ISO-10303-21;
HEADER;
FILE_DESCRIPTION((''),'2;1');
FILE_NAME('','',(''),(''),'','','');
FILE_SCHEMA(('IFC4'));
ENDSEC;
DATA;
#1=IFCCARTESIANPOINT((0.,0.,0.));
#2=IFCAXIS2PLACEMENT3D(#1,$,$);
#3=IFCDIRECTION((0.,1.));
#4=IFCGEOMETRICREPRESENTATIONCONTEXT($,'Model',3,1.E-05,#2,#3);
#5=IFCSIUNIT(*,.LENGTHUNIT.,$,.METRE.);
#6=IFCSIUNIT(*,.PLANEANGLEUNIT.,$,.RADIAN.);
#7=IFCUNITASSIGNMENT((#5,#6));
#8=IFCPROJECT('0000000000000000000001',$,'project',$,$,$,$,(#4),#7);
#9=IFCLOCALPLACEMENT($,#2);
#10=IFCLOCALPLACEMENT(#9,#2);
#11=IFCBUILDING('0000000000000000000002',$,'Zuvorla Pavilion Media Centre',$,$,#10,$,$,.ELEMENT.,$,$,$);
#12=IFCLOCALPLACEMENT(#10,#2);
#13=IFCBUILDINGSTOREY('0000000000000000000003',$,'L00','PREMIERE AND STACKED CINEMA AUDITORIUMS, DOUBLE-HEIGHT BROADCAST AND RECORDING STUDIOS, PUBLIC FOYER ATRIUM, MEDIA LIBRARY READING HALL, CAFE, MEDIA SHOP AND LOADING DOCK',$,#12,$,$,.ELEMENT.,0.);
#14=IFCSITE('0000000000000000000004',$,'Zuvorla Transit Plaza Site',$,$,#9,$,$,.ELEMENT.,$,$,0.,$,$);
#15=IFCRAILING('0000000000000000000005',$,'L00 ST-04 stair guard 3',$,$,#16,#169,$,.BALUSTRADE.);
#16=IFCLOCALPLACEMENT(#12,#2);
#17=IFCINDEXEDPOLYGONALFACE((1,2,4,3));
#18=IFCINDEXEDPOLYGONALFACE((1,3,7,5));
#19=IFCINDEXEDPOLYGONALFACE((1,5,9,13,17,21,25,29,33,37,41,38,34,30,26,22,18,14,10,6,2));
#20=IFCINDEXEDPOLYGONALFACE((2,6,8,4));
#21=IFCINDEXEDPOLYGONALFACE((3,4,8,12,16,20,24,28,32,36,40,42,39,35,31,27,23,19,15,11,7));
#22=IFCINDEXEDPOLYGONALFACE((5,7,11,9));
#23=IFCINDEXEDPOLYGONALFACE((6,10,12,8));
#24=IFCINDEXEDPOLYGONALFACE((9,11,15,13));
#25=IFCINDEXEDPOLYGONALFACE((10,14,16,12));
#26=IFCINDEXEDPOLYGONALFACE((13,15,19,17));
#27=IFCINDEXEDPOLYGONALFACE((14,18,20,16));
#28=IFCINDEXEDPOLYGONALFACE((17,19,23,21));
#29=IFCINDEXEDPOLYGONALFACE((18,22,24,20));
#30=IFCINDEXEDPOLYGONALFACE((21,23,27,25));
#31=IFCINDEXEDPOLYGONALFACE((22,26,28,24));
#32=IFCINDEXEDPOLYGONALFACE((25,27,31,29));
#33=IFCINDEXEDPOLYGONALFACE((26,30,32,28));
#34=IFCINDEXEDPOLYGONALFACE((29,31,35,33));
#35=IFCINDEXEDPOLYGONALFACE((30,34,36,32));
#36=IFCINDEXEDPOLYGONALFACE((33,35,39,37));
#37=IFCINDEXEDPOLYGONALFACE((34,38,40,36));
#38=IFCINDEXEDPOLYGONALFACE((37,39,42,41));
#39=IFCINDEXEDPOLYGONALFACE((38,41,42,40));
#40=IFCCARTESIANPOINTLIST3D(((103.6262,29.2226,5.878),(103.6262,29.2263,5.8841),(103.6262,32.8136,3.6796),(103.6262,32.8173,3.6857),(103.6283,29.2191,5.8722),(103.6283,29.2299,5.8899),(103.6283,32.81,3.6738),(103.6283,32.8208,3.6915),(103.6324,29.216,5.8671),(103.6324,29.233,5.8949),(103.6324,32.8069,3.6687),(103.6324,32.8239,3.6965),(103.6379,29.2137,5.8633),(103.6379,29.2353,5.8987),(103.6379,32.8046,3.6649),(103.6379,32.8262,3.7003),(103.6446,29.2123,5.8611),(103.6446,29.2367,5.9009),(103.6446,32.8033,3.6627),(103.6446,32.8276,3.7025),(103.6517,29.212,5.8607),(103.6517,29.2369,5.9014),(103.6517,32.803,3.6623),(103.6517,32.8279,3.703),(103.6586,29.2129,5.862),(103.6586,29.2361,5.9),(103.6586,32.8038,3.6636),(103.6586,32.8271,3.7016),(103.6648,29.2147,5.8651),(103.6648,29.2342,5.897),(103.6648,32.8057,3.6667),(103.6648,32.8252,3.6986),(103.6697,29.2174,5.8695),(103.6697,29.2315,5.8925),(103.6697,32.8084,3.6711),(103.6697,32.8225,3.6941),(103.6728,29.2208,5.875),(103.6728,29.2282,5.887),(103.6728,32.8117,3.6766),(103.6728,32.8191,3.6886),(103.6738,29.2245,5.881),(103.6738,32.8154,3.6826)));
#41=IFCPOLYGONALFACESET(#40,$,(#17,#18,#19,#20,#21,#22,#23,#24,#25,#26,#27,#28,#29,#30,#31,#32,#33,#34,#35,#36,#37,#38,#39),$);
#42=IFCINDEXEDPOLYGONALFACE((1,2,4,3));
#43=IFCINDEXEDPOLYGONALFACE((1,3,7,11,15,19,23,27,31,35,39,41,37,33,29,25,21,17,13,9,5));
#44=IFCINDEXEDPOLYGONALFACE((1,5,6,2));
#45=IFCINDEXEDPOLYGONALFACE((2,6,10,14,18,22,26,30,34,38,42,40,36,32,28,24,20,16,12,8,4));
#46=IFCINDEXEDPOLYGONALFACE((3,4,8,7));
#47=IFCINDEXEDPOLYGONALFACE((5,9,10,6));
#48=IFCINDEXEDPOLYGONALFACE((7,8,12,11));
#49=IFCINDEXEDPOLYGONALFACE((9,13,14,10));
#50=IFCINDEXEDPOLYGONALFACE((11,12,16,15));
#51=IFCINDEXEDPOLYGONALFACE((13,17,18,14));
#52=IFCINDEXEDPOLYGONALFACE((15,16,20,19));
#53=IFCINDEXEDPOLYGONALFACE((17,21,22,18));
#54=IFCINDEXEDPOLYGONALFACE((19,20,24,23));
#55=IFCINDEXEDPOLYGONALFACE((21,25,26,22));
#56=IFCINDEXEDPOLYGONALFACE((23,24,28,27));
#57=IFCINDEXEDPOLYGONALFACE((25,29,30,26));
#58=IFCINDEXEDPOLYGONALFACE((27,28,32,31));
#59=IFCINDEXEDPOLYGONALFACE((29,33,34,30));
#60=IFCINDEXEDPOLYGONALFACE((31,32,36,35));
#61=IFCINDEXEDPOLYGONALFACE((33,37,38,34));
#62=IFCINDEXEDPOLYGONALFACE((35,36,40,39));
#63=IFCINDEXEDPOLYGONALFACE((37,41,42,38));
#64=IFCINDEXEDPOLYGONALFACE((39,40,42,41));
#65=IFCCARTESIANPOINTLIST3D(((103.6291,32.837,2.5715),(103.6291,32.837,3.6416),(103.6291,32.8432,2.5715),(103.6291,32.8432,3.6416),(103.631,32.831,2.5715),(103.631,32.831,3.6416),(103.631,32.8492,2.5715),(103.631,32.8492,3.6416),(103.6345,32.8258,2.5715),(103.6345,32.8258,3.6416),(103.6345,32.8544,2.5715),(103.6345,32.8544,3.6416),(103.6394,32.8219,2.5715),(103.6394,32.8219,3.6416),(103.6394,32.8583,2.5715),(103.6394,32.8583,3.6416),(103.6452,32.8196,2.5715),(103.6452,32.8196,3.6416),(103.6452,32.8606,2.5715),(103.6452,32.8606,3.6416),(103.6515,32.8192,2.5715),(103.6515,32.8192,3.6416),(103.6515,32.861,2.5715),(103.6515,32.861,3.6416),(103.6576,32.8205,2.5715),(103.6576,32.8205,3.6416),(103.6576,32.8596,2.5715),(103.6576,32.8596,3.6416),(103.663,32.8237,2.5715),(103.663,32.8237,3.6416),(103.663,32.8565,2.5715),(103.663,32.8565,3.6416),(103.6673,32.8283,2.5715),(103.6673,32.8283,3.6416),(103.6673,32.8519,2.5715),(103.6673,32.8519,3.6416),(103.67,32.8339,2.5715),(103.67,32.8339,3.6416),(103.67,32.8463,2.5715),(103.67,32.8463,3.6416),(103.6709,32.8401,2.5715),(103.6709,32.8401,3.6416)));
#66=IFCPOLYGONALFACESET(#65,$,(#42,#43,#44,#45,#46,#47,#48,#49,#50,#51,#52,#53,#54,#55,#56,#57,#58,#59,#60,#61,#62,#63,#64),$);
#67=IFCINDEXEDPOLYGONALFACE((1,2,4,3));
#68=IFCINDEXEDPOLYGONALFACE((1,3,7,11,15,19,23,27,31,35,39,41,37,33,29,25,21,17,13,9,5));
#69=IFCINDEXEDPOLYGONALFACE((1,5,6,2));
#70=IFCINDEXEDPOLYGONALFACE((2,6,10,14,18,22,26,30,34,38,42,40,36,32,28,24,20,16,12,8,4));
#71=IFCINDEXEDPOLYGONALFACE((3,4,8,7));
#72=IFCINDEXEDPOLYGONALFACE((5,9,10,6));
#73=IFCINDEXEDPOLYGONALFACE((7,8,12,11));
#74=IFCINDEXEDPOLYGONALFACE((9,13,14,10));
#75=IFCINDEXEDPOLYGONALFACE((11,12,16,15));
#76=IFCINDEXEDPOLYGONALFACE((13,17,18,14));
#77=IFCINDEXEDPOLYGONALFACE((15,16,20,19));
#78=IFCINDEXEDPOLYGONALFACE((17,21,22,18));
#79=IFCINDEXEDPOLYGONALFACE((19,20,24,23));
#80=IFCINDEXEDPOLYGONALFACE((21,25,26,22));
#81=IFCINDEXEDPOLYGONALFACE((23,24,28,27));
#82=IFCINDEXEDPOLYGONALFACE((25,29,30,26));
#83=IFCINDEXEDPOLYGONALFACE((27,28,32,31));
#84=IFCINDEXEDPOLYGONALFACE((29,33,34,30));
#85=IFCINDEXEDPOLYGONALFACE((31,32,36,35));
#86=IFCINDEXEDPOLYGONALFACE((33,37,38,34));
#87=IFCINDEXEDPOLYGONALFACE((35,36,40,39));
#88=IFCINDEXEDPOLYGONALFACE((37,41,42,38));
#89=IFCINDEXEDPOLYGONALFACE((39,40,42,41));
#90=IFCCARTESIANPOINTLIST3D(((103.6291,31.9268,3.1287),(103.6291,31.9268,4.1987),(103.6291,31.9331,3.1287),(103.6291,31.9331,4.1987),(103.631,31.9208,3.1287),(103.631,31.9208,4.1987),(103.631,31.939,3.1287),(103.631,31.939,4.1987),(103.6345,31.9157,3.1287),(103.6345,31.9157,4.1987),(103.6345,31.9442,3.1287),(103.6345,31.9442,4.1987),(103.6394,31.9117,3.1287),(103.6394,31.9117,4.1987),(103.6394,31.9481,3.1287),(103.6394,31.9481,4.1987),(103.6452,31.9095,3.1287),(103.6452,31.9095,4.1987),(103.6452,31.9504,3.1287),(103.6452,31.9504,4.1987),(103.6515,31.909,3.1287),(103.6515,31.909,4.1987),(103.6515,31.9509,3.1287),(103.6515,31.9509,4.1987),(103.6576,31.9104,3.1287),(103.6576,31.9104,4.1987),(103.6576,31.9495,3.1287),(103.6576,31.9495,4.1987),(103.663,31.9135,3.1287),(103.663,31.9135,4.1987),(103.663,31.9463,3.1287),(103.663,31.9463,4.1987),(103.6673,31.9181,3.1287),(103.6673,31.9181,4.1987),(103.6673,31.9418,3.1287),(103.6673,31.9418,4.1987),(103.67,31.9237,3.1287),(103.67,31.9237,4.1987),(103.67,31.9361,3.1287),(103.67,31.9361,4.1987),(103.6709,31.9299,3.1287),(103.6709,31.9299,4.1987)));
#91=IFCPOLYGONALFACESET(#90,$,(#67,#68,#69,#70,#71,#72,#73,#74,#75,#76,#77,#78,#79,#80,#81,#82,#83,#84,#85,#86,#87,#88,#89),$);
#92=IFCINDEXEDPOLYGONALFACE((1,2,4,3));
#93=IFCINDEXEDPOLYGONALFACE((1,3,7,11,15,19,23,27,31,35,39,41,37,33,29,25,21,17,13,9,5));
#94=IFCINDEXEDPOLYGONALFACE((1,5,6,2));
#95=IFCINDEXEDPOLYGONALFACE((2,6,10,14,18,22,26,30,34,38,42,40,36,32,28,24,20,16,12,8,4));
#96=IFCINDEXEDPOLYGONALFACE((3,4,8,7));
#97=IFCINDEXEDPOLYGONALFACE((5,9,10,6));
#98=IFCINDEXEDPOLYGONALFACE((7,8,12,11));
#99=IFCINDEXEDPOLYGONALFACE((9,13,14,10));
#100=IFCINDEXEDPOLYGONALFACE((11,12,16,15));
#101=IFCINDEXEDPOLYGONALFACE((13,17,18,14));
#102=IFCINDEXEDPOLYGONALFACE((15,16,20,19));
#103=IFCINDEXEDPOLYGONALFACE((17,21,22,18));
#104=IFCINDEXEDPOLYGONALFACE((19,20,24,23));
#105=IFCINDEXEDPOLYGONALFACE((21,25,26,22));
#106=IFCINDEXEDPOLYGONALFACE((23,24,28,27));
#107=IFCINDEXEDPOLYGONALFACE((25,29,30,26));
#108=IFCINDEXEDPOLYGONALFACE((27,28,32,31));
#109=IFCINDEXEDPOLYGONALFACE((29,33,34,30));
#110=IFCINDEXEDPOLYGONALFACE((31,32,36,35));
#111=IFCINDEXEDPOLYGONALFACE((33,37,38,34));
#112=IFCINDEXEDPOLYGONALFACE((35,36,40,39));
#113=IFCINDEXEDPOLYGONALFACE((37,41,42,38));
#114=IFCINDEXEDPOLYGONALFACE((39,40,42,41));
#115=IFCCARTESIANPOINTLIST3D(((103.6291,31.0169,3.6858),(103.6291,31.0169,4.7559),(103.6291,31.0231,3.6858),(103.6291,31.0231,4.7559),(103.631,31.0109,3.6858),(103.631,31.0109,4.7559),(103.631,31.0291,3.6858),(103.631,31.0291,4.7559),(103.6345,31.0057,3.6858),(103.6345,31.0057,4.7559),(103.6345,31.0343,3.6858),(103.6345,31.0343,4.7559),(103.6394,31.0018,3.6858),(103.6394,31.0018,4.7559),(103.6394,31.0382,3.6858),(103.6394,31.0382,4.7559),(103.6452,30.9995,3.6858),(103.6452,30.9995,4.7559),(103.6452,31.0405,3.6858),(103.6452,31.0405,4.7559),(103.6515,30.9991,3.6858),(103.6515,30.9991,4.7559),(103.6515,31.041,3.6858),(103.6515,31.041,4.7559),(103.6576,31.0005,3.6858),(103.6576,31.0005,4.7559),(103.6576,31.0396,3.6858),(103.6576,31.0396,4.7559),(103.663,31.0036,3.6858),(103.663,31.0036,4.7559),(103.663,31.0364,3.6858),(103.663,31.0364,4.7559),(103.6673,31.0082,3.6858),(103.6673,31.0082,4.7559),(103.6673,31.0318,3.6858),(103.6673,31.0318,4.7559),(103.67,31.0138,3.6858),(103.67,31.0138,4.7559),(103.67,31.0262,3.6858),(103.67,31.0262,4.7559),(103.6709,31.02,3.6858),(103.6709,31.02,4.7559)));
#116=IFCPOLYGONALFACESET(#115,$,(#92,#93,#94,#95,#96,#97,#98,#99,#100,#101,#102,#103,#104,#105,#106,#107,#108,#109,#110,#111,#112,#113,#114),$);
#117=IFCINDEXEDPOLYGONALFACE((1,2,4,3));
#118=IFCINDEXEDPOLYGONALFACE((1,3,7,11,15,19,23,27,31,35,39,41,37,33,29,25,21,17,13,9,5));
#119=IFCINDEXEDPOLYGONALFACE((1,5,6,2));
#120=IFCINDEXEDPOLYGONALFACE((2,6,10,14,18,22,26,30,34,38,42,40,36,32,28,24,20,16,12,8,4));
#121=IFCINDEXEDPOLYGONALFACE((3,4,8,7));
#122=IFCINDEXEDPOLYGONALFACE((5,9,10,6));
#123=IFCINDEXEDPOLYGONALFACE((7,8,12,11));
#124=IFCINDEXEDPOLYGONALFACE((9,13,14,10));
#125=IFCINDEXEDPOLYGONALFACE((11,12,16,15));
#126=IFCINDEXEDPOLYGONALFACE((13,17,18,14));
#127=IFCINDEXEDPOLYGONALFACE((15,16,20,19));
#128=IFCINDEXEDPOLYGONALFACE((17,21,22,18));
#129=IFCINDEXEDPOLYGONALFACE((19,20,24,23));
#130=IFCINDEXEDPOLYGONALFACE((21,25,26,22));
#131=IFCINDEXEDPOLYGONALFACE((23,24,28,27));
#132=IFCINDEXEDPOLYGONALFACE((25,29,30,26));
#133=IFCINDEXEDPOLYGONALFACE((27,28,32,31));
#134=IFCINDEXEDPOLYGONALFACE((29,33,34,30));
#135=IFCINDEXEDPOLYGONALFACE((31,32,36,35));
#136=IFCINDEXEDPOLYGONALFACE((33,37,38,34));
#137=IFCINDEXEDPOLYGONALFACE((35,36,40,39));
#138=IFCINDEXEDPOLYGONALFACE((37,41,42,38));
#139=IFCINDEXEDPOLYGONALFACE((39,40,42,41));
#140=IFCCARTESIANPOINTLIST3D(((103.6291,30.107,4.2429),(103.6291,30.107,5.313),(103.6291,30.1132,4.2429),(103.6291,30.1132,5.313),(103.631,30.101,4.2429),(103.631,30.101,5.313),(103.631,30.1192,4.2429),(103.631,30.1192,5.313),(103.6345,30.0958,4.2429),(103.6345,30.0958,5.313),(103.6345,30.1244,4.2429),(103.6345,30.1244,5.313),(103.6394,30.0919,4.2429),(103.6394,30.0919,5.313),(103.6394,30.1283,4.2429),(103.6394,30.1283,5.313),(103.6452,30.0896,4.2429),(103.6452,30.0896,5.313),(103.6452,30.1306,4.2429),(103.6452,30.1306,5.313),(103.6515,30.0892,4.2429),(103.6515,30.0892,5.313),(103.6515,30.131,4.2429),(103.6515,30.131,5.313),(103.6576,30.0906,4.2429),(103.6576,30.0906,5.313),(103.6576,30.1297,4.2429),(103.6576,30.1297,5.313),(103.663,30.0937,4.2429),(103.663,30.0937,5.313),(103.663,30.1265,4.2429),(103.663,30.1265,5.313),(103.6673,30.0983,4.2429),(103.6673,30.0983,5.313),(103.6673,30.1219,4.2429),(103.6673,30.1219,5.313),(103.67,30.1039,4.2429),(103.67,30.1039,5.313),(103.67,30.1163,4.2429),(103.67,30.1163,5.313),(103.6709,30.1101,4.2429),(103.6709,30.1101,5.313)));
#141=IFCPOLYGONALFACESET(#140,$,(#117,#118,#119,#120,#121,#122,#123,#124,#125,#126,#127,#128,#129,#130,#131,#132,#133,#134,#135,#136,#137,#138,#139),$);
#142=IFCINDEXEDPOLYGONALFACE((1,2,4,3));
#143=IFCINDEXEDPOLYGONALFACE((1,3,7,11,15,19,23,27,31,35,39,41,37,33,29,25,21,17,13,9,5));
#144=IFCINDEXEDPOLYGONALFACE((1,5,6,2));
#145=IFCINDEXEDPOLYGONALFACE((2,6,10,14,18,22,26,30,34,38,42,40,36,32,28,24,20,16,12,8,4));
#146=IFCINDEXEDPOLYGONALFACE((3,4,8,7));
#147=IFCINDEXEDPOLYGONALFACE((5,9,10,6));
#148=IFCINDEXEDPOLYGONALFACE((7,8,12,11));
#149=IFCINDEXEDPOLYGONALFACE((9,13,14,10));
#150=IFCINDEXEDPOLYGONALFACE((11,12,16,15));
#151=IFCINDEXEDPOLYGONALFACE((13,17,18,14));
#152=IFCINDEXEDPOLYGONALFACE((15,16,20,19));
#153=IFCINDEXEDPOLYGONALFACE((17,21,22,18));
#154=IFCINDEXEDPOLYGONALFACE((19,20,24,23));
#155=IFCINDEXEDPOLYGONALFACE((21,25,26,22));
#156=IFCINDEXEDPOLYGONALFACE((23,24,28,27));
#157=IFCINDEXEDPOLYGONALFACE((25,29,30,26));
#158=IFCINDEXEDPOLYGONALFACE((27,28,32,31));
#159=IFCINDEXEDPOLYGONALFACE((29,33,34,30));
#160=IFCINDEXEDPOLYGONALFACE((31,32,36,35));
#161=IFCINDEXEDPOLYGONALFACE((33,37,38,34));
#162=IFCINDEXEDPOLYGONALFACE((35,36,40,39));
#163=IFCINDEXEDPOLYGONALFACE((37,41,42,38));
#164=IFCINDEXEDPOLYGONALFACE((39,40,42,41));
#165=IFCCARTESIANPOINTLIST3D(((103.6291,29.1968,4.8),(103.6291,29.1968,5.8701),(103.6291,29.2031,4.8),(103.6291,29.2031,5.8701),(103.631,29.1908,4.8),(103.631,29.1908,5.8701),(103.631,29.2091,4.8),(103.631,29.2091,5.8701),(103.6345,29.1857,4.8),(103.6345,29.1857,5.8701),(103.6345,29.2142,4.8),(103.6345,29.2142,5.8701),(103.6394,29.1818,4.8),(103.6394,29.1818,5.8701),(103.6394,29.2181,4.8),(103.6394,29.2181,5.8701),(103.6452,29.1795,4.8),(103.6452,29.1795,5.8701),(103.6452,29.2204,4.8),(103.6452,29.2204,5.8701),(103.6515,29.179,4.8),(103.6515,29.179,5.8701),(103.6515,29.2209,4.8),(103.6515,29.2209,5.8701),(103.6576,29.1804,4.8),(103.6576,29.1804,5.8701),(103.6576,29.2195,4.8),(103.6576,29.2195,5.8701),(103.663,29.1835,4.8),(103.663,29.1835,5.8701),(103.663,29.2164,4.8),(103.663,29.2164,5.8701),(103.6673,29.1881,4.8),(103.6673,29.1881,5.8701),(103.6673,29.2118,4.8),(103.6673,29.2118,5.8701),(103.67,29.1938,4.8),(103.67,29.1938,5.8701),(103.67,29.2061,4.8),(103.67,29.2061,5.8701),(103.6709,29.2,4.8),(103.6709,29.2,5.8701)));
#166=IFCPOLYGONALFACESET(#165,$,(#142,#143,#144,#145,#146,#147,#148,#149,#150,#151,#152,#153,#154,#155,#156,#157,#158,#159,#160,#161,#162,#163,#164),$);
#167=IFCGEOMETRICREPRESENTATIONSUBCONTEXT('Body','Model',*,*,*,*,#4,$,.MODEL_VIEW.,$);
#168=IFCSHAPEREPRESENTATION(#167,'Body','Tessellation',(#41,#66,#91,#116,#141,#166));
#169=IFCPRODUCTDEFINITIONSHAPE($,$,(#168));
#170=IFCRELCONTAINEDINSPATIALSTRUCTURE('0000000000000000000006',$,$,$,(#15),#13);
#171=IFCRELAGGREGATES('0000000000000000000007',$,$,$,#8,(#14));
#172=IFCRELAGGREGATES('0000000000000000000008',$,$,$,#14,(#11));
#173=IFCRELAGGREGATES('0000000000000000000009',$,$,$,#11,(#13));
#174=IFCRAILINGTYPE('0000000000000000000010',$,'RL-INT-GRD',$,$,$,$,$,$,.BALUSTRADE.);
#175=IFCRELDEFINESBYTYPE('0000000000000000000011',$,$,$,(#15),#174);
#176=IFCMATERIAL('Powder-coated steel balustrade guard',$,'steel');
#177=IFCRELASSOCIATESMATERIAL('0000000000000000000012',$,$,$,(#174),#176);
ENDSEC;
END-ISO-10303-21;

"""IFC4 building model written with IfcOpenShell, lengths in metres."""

from ifc_helpers import new_model, si_unit, direction, frame, origin, origin_2d, place, context, subcontext, project, spatial, circle, extrude, material, type_object, element, save


model = new_model("IFC4")

# Units and contexts
model_context = context("Model", 3, precision=1e-05, world=origin(), true_north=direction((0.0, 1.0)))
body_context = subcontext(model_context, "Body", "Model", "MODEL_VIEW")
ifc_project = project(units=[si_unit("LENGTHUNIT", "METRE"), si_unit("PLANEANGLEUNIT", "RADIAN")], contexts=[model_context])

# Site, building, storey
site_placement = place(None, origin())
site = spatial("IfcSite", under=ifc_project, at=site_placement, Name="Zuvorla Transit Plaza Site", CompositionType="ELEMENT", RefElevation=0.0)
building_placement = place(site_placement, origin())
building = spatial("IfcBuilding", under=site, at=building_placement, Name="Zuvorla Pavilion Media Centre", CompositionType="ELEMENT")
storey_placement = place(building_placement, origin())
storey = spatial("IfcBuildingStorey", under=building, at=storey_placement, Name="L00", Description="PREMIERE AND STACKED CINEMA AUDITORIUMS, DOUBLE-HEIGHT BROADCAST AND RECORDING STUDIOS, PUBLIC FOYER ATRIUM, MEDIA LIBRARY READING HALL, CAFE, MEDIA SHOP AND LOADING DOCK", CompositionType="ELEMENT", Elevation=0.0)

# Railing
ifc_material_1 = material(Name="Powder-coated steel balustrade guard", Category="steel")
railing_type_1 = type_object("IfcRailingType", Name="RL-INT-GRD", PredefinedType="BALUSTRADE", material=ifc_material_1)
railing_1_placement = place(storey_placement, frame((103.6499, 32.8401, 2.5715)))
element("IfcRailing", 1, at=railing_1_placement, inside=storey, type_object=railing_type_1, Name="L00 ST-04 stair guard 3", PredefinedType="BALUSTRADE", context=body_context, shape_type="SweptSolid", body=[
    extrude(circle(Radius=0.0239, at=origin_2d()), frame((0.0, -0.0247, 1.1111), z_axis=(0.0, -0.852866, 0.52213), x_axis=(1.0, 0.0, 0.0)), (0.0, 0.0, 1.0), 4.2104),
    extrude(circle(Radius=0.021, at=origin_2d()), origin(), (0.0, 0.0, 1.0), 1.0701),
    extrude(circle(Radius=0.021, at=origin_2d()), frame((0.0, -0.9102, 0.5571)), (0.0, 0.0, 1.0), 1.0701),
    extrude(circle(Radius=0.021, at=origin_2d()), frame((0.0, -1.8201, 1.1143)), (0.0, 0.0, 1.0), 1.0701),
    extrude(circle(Radius=0.021, at=origin_2d()), frame((0.0, -2.73, 1.6714)), (0.0, 0.0, 1.0), 1.0701),
    extrude(circle(Radius=0.021, at=origin_2d()), frame((0.0, -3.6401, 2.2285)), (0.0, 0.0, 1.0), 1.0701),
])

save(model, "model.ifc")
